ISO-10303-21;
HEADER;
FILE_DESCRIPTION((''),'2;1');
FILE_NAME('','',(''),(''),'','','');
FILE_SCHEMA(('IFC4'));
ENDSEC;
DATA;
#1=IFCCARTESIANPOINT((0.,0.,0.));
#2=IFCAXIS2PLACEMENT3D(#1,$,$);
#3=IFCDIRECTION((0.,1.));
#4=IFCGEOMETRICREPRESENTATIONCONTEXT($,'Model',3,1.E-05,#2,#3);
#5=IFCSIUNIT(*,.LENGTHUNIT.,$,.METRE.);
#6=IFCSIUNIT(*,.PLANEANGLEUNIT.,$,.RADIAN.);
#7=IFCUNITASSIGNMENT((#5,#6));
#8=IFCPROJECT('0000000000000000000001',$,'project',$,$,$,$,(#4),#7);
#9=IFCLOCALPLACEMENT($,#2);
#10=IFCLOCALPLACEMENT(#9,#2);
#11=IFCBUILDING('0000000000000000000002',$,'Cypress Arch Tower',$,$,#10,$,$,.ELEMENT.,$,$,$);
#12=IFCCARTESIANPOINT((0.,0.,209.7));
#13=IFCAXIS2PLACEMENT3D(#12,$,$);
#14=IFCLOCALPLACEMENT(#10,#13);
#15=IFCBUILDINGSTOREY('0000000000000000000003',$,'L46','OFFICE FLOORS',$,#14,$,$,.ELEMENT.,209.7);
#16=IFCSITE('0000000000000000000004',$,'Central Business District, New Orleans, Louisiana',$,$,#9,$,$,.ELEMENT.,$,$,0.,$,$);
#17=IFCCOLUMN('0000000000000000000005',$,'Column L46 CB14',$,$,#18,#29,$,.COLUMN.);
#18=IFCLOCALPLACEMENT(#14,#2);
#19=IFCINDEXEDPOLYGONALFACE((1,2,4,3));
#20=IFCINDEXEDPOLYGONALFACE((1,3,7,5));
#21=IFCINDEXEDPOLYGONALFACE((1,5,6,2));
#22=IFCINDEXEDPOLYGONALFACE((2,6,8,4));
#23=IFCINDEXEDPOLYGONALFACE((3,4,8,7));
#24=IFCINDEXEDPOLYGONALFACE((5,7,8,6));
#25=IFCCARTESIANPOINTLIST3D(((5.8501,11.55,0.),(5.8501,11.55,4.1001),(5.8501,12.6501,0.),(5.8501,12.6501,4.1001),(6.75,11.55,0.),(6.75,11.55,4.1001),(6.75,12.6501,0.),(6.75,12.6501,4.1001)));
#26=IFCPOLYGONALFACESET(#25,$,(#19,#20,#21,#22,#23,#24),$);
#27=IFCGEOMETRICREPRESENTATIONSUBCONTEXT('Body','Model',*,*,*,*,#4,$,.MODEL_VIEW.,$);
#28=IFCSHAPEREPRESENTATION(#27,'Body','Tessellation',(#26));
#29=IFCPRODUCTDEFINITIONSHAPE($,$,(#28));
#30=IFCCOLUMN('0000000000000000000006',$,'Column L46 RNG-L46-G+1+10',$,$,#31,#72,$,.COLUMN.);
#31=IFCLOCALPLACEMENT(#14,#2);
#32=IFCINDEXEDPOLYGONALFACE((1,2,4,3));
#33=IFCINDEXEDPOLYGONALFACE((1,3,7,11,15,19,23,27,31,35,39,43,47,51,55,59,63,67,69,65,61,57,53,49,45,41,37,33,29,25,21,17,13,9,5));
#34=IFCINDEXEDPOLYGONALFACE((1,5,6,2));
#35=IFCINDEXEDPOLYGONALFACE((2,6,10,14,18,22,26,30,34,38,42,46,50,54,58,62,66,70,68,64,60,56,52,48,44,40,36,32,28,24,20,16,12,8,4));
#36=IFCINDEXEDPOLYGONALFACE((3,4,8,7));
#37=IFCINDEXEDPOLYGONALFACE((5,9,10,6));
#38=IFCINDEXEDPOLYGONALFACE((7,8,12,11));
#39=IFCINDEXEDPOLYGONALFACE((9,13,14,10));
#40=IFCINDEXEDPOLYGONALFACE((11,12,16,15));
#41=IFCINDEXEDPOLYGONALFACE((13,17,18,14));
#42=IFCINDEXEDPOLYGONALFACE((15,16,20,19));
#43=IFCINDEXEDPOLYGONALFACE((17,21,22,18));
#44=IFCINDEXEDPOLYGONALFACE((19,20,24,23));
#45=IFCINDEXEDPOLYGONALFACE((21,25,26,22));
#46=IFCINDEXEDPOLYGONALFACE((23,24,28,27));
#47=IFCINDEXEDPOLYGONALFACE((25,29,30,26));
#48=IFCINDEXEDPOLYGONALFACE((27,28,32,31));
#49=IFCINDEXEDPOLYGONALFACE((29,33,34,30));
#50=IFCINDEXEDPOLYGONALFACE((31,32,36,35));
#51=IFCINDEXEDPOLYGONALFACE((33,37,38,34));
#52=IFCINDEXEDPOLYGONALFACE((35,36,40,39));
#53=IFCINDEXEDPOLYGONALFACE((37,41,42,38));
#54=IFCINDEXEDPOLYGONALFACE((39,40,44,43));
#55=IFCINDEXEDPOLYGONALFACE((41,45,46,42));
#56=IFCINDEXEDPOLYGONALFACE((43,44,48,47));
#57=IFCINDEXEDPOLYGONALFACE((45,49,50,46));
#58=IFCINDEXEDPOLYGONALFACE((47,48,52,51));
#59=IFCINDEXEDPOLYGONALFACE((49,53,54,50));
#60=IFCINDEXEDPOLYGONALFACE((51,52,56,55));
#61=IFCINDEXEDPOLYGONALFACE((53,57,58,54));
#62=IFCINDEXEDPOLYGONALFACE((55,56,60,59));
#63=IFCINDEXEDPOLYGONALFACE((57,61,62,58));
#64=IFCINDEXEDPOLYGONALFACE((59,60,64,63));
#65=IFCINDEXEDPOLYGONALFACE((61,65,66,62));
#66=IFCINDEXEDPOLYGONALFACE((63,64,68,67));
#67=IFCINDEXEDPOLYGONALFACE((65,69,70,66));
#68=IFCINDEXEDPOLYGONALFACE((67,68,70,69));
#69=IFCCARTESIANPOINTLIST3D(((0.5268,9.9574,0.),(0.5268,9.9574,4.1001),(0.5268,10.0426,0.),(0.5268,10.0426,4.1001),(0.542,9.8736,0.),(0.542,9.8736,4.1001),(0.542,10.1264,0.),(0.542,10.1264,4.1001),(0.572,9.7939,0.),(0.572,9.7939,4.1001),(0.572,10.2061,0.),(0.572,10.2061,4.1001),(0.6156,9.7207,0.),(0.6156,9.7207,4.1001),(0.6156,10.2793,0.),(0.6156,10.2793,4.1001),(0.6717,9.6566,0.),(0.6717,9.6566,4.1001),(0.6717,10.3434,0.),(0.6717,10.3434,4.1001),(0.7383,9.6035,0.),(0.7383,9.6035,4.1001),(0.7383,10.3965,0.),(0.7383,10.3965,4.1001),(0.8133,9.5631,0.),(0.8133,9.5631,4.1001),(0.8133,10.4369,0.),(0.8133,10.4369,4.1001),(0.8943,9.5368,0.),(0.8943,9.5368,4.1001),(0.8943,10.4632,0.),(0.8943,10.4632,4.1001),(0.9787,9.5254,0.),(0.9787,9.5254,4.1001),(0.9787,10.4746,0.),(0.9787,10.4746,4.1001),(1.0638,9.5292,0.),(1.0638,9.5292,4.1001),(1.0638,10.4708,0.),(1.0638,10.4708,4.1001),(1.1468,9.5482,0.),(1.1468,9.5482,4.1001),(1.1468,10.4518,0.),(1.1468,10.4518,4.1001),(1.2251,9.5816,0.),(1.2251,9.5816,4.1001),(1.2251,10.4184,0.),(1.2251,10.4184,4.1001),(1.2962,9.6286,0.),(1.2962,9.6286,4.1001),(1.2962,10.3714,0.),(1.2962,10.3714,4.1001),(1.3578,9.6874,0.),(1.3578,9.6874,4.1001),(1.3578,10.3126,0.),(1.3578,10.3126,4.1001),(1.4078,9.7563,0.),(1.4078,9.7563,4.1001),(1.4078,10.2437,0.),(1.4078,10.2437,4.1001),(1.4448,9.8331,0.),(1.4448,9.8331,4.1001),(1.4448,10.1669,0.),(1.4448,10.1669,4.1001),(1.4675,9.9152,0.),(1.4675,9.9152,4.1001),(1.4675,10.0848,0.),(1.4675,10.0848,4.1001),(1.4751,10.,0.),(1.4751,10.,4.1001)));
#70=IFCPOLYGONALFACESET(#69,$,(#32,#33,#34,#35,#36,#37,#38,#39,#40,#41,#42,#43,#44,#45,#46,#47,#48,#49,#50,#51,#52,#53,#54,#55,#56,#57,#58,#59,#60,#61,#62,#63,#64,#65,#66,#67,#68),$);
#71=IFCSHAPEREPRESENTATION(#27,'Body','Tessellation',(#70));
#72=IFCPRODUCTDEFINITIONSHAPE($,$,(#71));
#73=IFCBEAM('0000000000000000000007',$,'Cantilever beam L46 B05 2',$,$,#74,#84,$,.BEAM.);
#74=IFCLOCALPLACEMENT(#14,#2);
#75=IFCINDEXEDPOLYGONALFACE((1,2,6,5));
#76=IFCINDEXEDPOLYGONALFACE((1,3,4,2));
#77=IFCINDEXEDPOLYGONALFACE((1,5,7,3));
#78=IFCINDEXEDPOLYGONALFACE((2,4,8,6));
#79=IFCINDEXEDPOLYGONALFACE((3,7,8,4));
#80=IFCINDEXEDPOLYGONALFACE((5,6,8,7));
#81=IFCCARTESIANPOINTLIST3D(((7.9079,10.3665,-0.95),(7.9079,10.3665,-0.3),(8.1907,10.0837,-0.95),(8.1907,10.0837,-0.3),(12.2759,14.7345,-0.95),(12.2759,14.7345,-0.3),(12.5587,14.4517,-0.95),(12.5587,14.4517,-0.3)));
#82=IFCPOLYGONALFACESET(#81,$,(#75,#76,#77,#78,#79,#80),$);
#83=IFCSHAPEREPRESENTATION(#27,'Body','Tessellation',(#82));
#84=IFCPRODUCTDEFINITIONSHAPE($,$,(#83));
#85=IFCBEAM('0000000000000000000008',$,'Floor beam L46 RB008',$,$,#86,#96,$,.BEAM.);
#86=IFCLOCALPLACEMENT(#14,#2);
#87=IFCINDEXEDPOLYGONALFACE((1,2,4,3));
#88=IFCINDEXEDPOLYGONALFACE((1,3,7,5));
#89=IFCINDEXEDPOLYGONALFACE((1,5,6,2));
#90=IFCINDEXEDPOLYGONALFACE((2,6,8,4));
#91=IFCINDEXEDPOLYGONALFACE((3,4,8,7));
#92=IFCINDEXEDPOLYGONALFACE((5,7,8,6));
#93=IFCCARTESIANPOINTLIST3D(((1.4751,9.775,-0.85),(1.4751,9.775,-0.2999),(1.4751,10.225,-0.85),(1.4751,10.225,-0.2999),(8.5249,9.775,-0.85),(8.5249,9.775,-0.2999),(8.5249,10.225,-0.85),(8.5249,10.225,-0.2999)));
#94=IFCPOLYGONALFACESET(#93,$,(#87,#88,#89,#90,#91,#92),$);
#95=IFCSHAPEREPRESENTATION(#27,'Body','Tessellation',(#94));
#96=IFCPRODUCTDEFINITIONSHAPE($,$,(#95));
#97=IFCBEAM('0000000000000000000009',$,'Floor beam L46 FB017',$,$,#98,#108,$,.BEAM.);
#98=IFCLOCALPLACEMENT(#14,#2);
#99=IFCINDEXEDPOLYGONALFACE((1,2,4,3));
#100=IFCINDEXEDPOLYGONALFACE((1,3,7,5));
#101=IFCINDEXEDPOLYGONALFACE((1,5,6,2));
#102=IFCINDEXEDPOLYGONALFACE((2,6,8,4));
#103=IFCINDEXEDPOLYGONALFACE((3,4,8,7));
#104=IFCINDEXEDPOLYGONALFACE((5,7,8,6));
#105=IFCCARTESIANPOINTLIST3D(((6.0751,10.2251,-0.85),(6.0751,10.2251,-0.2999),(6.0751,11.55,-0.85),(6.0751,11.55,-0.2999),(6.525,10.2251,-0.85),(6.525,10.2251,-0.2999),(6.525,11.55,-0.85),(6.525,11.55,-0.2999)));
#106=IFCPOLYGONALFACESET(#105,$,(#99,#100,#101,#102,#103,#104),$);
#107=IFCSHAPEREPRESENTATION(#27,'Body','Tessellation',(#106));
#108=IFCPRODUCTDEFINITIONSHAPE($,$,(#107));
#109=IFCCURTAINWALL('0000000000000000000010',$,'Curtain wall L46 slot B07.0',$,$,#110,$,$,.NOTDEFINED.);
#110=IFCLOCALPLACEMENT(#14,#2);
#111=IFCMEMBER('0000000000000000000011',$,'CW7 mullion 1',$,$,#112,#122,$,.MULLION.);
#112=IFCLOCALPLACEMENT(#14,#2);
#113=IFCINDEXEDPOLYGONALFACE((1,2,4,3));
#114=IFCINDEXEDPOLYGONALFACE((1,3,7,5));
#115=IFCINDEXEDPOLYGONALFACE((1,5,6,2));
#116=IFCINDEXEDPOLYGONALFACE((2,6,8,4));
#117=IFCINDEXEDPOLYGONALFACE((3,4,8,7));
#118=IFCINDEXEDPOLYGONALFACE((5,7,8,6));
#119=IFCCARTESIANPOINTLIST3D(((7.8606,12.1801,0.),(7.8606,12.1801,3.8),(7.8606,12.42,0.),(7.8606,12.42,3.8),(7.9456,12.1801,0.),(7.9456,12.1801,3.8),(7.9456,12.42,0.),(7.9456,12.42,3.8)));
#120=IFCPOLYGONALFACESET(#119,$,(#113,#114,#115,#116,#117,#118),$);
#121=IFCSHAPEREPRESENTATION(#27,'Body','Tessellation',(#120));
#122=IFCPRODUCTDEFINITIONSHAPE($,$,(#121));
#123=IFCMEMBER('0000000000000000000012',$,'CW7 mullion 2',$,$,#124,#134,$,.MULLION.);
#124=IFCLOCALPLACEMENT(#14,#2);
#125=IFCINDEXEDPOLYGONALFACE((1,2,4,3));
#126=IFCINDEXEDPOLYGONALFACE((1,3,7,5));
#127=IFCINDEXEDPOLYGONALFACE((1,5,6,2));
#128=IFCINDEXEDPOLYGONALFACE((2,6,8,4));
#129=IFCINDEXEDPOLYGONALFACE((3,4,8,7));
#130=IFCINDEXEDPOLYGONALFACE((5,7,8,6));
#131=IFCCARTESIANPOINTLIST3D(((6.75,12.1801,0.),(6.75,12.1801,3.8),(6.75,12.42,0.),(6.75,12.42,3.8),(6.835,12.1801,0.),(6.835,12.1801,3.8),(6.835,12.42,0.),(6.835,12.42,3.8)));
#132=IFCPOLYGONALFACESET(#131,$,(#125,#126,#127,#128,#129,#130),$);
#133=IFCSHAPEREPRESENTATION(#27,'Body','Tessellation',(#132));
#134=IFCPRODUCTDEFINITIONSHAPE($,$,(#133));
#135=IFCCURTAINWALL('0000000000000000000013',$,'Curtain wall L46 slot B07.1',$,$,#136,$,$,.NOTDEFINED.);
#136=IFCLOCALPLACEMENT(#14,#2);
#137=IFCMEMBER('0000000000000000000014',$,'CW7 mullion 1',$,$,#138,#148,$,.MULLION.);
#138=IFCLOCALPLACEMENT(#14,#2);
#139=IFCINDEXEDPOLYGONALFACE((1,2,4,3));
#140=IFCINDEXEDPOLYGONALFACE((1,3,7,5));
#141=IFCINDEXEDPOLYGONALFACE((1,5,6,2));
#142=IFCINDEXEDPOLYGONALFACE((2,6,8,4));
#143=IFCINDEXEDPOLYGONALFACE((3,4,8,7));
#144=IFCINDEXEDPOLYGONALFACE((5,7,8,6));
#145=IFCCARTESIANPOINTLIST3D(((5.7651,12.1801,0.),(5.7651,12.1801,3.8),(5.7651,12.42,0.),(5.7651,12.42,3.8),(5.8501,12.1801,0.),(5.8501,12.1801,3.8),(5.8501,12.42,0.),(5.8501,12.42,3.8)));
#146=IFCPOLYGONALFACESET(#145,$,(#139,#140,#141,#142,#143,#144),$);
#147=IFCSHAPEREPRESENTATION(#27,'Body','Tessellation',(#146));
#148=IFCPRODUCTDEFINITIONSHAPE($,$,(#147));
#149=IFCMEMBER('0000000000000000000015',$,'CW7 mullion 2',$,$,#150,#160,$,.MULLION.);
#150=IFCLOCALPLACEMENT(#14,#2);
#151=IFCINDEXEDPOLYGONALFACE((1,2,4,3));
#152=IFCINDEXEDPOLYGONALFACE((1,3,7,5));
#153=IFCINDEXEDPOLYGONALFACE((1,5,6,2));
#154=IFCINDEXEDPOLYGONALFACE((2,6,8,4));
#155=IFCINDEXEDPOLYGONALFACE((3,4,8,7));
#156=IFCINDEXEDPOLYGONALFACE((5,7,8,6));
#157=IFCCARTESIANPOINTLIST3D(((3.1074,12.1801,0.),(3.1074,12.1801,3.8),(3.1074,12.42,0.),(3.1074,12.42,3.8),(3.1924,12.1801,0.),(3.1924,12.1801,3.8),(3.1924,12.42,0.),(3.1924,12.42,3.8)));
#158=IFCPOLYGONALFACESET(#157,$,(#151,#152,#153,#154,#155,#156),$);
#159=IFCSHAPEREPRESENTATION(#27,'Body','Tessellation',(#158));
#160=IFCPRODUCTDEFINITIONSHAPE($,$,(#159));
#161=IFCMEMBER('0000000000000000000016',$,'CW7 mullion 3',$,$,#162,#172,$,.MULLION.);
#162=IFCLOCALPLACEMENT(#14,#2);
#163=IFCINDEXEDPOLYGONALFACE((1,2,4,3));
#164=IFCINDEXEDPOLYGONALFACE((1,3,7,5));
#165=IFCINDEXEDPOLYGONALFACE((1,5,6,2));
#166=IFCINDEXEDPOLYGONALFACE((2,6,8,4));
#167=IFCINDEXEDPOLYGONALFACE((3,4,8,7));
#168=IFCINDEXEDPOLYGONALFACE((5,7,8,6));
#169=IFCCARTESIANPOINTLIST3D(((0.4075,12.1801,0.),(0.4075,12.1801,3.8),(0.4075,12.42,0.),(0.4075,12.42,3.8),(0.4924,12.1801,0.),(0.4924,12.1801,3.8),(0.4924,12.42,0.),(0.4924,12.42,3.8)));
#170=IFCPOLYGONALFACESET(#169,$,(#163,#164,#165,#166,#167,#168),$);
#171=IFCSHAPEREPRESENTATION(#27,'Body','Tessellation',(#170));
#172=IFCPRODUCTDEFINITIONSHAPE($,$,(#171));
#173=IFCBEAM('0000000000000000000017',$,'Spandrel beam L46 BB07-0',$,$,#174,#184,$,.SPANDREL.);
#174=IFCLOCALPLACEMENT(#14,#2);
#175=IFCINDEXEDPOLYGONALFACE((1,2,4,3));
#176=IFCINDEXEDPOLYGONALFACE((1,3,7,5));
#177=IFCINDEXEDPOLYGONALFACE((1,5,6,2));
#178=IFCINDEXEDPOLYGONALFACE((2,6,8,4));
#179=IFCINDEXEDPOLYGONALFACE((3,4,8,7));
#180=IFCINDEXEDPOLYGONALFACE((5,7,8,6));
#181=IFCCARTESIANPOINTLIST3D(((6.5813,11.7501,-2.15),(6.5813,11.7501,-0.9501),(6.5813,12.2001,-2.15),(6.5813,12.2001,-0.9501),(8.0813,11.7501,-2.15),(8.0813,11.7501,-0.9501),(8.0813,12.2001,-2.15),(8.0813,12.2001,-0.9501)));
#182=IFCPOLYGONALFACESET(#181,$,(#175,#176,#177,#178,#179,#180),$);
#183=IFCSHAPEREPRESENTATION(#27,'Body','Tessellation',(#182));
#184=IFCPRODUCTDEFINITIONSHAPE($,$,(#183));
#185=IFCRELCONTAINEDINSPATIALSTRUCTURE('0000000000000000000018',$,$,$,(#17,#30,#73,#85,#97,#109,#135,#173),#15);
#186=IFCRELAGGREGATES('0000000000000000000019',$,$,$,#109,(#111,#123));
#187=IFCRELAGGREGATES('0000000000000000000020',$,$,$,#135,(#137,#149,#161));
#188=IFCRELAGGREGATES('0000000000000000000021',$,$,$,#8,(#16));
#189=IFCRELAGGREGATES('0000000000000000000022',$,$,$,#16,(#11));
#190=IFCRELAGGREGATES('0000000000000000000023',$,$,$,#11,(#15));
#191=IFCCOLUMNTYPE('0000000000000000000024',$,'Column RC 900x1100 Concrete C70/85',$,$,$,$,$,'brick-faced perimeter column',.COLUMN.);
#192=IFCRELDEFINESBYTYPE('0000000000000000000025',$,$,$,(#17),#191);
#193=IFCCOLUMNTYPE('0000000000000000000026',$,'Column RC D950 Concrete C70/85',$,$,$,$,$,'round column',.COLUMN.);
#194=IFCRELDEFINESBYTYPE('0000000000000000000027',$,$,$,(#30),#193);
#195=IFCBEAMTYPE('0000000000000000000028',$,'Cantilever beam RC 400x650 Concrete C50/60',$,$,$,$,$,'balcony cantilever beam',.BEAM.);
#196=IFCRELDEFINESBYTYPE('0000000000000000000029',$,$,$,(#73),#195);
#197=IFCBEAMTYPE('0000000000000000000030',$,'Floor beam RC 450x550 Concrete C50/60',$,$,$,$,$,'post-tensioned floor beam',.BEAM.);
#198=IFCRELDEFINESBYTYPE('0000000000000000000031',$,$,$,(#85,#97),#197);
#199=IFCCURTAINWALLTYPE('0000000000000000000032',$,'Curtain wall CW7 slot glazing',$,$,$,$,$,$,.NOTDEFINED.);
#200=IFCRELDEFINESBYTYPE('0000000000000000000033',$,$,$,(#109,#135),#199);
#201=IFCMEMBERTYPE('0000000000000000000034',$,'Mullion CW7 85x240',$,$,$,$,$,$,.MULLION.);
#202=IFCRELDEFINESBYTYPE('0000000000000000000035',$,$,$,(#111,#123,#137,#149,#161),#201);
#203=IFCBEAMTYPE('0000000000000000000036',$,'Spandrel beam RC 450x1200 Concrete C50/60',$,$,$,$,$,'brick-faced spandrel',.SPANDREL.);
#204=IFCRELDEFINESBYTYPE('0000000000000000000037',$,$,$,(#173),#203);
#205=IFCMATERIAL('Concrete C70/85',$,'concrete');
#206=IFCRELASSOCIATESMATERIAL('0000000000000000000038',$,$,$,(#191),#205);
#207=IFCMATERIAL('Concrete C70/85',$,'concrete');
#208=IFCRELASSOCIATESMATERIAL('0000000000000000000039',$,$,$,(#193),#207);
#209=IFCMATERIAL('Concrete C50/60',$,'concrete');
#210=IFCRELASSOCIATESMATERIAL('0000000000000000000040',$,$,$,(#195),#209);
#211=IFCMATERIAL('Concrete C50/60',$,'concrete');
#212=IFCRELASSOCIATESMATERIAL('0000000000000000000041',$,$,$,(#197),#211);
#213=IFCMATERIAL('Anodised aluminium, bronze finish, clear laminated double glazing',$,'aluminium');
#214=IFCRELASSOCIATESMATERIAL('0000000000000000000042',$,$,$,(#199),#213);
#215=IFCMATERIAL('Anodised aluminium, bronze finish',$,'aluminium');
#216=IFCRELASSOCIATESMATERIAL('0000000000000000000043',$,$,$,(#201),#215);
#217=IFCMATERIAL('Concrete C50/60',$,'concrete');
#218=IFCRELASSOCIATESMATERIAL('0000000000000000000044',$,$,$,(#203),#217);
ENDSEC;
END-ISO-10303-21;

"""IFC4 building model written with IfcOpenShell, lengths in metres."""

from ifc_helpers import new_model, si_unit, direction, frame, origin, origin_2d, place, context, subcontext, project, spatial, rectangle, circle, extrude, material, material_profile, profile_set, type_object, element, aggregate, save


model = new_model("IFC4")

# Units and contexts
model_context = context("Model", 3, precision=1e-05, world=origin(), true_north=direction((0.0, 1.0)))
body_context = subcontext(model_context, "Body", "Model", "MODEL_VIEW")
ifc_project = project(units=[si_unit("LENGTHUNIT", "METRE"), si_unit("PLANEANGLEUNIT", "RADIAN")], contexts=[model_context])

# Site, building, storey
site_placement = place(None, origin())
site = spatial("IfcSite", under=ifc_project, at=site_placement, Name="Central Business District, New Orleans, Louisiana", CompositionType="ELEMENT", RefElevation=0.0)
building_placement = place(site_placement, origin())
building = spatial("IfcBuilding", under=site, at=building_placement, Name="Cypress Arch Tower", CompositionType="ELEMENT")
storey_placement = place(building_placement, frame((0.0, 0.0, 209.7)))
storey = spatial("IfcBuildingStorey", under=building, at=storey_placement, Name="L46", Description="OFFICE FLOORS", CompositionType="ELEMENT", Elevation=209.7)

# Columns
ifc_material_1 = material(Name="Concrete C70/85", Category="concrete")
ifc_material_profile_1 = material_profile(ifc_material_1, rectangle(XDim=0.8999, YDim=1.1001, at=origin_2d()), Name="RC 900x1100")
ifc_profile_set_1 = profile_set([ifc_material_profile_1], Name="Concrete C70/85")
column_type_1 = type_object("IfcColumnType", Name="Column RC 900x1100 Concrete C70/85", ElementType="brick-faced perimeter column", PredefinedType="COLUMN", material=ifc_profile_set_1)
column_1_placement = place(storey_placement, frame((6.3, 12.1001, 0.0), z_axis=(0.0, 0.0, 1.0), x_axis=(-1.0, 0.0, 0.0)))
element("IfcColumn", 1, at=column_1_placement, inside=storey, type_object=column_type_1, Name="Column L46 CB14", PredefinedType="COLUMN", context=body_context, shape_type="SweptSolid", body=[
    extrude(rectangle(XDim=0.8999, YDim=1.1001, at=origin_2d()), origin(), (0.0, 0.0, 1.0), 4.1001),
])
ifc_material_2 = material(Name="Concrete C70/85", Category="concrete")
ifc_material_profile_2 = material_profile(ifc_material_2, circle(Radius=0.4751, at=origin_2d()), Name="RC D950")
ifc_profile_set_2 = profile_set([ifc_material_profile_2], Name="Concrete C70/85")
column_type_2 = type_object("IfcColumnType", Name="Column RC D950 Concrete C70/85", ElementType="round column", PredefinedType="COLUMN", material=ifc_profile_set_2)
column_2_placement = place(storey_placement, frame((1.0, 10.0, 0.0), z_axis=(0.0, 0.0, 1.0), x_axis=(1.0, 0.0, 0.0)))
element("IfcColumn", 2, at=column_2_placement, inside=storey, type_object=column_type_2, Name="Column L46 RNG-L46-G+1+10", PredefinedType="COLUMN", context=body_context, shape_type="SweptSolid", body=[
    extrude(circle(Radius=0.4751, at=origin_2d()), origin(), (0.0, 0.0, 1.0), 4.1001),
])

# Beams
ifc_material_3 = material(Name="Concrete C50/60", Category="concrete")
ifc_material_profile_3 = material_profile(ifc_material_3, rectangle(XDim=0.3999, YDim=0.6499, at=origin_2d()), Name="RC 400x650")
ifc_profile_set_3 = profile_set([ifc_material_profile_3], Name="Concrete C50/60")
beam_type_1 = type_object("IfcBeamType", Name="Cantilever beam RC 400x650 Concrete C50/60", ElementType="balcony cantilever beam", PredefinedType="BEAM", material=ifc_profile_set_3)
beam_1_placement = place(storey_placement, frame((8.0493, 10.2251, -0.625), z_axis=(0.707107, 0.707107, 0.0), x_axis=(-0.707107, 0.707107, 0.0)))
element("IfcBeam", 3, at=beam_1_placement, inside=storey, type_object=beam_type_1, Name="Cantilever beam L46 B05 2", PredefinedType="BEAM", context=body_context, shape_type="SweptSolid", body=[
    extrude(rectangle(XDim=0.3999, YDim=0.6499, at=origin_2d()), origin(), (0.0, 0.0, 1.0), 6.1772),
])
ifc_material_4 = material(Name="Concrete C50/60", Category="concrete")
ifc_material_profile_4 = material_profile(ifc_material_4, rectangle(XDim=0.45, YDim=0.55, at=origin_2d()), Name="RC 450x550")
ifc_profile_set_4 = profile_set([ifc_material_profile_4], Name="Concrete C50/60")
beam_type_2 = type_object("IfcBeamType", Name="Floor beam RC 450x550 Concrete C50/60", ElementType="post-tensioned floor beam", PredefinedType="BEAM", material=ifc_profile_set_4)
beam_2_placement = place(storey_placement, frame((1.4751, 10.0, -0.575), z_axis=(1.0, 0.0, 0.0), x_axis=(0.0, 1.0, 0.0)))
element("IfcBeam", 4, at=beam_2_placement, inside=storey, type_object=beam_type_2, Name="Floor beam L46 RB008", PredefinedType="BEAM", context=body_context, shape_type="SweptSolid", body=[
    extrude(rectangle(XDim=0.45, YDim=0.55, at=origin_2d()), origin(), (0.0, 0.0, 1.0), 7.0498),
])
beam_3_placement = place(storey_placement, frame((6.3, 10.2251, -0.575), z_axis=(0.0, 1.0, 0.0), x_axis=(-1.0, 0.0, 0.0)))
element("IfcBeam", 5, at=beam_3_placement, inside=storey, type_object=beam_type_2, Name="Floor beam L46 FB017", PredefinedType="BEAM", context=body_context, shape_type="SweptSolid", body=[
    extrude(rectangle(XDim=0.45, YDim=0.55, at=origin_2d()), origin(), (0.0, 0.0, 1.0), 1.325),
])

# Curtain walls, members
ifc_material_5 = material(Name="Anodised aluminium, bronze finish, clear laminated double glazing", Category="aluminium")
curtain_wall_type = type_object("IfcCurtainWallType", Name="Curtain wall CW7 slot glazing", PredefinedType="NOTDEFINED", material=ifc_material_5)
curtain_wall_1_placement = place(storey_placement, origin())
curtain_wall_1 = element("IfcCurtainWall", 6, at=curtain_wall_1_placement, inside=storey, type_object=curtain_wall_type, Name="Curtain wall L46 slot B07.0", PredefinedType="NOTDEFINED")
ifc_material_6 = material(Name="Anodised aluminium, bronze finish", Category="aluminium")
ifc_material_profile_5 = material_profile(ifc_material_6, rectangle(XDim=0.24, YDim=0.085, at=origin_2d()), Name="Mullion 85x240")
ifc_profile_set_5 = profile_set([ifc_material_profile_5], Name="Anodised aluminium, bronze finish")
member_type_1 = type_object("IfcMemberType", Name="Mullion CW7 85x240", PredefinedType="MULLION", material=ifc_profile_set_5)
member_1_placement = place(storey_placement, frame((7.9031, 12.3, 0.0), z_axis=(0.0, 0.0, 1.0), x_axis=(0.0, -1.0, 0.0)))
member_1 = element("IfcMember", 7, at=member_1_placement, type_object=member_type_1, Name="CW7 mullion 1", PredefinedType="MULLION", context=body_context, shape_type="SweptSolid", body=[
    extrude(rectangle(XDim=0.24, YDim=0.085, at=origin_2d()), origin(), (0.0, 0.0, 1.0), 3.8),
])
member_2_placement = place(storey_placement, frame((6.7925, 12.3, 0.0), z_axis=(0.0, 0.0, 1.0), x_axis=(0.0, -1.0, 0.0)))
member_2 = element("IfcMember", 8, at=member_2_placement, type_object=member_type_1, Name="CW7 mullion 2", PredefinedType="MULLION", context=body_context, shape_type="SweptSolid", body=[
    extrude(rectangle(XDim=0.24, YDim=0.085, at=origin_2d()), origin(), (0.0, 0.0, 1.0), 3.8),
])
curtain_wall_2_placement = place(storey_placement, origin())
curtain_wall_2 = element("IfcCurtainWall", 9, at=curtain_wall_2_placement, inside=storey, type_object=curtain_wall_type, Name="Curtain wall L46 slot B07.1", PredefinedType="NOTDEFINED")
member_3_placement = place(storey_placement, frame((5.8076, 12.3, 0.0), z_axis=(0.0, 0.0, 1.0), x_axis=(0.0, -1.0, 0.0)))
member_3 = element("IfcMember", 10, at=member_3_placement, type_object=member_type_1, Name="CW7 mullion 1", PredefinedType="MULLION", context=body_context, shape_type="SweptSolid", body=[
    extrude(rectangle(XDim=0.24, YDim=0.085, at=origin_2d()), origin(), (0.0, 0.0, 1.0), 3.8),
])
member_4_placement = place(storey_placement, frame((3.1499, 12.3, 0.0), z_axis=(0.0, 0.0, 1.0), x_axis=(0.0, -1.0, 0.0)))
member_4 = element("IfcMember", 11, at=member_4_placement, type_object=member_type_1, Name="CW7 mullion 2", PredefinedType="MULLION", context=body_context, shape_type="SweptSolid", body=[
    extrude(rectangle(XDim=0.24, YDim=0.085, at=origin_2d()), origin(), (0.0, 0.0, 1.0), 3.8),
])
member_5_placement = place(storey_placement, frame((0.45, 12.3, 0.0), z_axis=(0.0, 0.0, 1.0), x_axis=(0.0, -1.0, 0.0)))
member_5 = element("IfcMember", 12, at=member_5_placement, type_object=member_type_1, Name="CW7 mullion 3", PredefinedType="MULLION", context=body_context, shape_type="SweptSolid", body=[
    extrude(rectangle(XDim=0.24, YDim=0.085, at=origin_2d()), origin(), (0.0, 0.0, 1.0), 3.8),
])

# Beam
ifc_material_7 = material(Name="Concrete C50/60", Category="concrete")
ifc_material_profile_6 = material_profile(ifc_material_7, rectangle(XDim=0.45, YDim=1.2, at=origin_2d()), Name="RC 450x1200")
ifc_profile_set_6 = profile_set([ifc_material_profile_6], Name="Concrete C50/60")
beam_type_3 = type_object("IfcBeamType", Name="Spandrel beam RC 450x1200 Concrete C50/60", ElementType="brick-faced spandrel", PredefinedType="SPANDREL", material=ifc_profile_set_6)
beam_4_placement = place(storey_placement, frame((8.0813, 11.9751, -1.55), z_axis=(-1.0, 0.0, 0.0), x_axis=(0.0, -1.0, 0.0)))
element("IfcBeam", 13, at=beam_4_placement, inside=storey, type_object=beam_type_3, Name="Spandrel beam L46 BB07-0", PredefinedType="SPANDREL", context=body_context, shape_type="SweptSolid", body=[
    extrude(rectangle(XDim=0.45, YDim=1.2, at=origin_2d()), origin(), (0.0, 0.0, 1.0), 1.5),
])

aggregate(curtain_wall_1, [member_1, member_2])
aggregate(curtain_wall_2, [member_3, member_4, member_5])

save(model, "model.ifc")
